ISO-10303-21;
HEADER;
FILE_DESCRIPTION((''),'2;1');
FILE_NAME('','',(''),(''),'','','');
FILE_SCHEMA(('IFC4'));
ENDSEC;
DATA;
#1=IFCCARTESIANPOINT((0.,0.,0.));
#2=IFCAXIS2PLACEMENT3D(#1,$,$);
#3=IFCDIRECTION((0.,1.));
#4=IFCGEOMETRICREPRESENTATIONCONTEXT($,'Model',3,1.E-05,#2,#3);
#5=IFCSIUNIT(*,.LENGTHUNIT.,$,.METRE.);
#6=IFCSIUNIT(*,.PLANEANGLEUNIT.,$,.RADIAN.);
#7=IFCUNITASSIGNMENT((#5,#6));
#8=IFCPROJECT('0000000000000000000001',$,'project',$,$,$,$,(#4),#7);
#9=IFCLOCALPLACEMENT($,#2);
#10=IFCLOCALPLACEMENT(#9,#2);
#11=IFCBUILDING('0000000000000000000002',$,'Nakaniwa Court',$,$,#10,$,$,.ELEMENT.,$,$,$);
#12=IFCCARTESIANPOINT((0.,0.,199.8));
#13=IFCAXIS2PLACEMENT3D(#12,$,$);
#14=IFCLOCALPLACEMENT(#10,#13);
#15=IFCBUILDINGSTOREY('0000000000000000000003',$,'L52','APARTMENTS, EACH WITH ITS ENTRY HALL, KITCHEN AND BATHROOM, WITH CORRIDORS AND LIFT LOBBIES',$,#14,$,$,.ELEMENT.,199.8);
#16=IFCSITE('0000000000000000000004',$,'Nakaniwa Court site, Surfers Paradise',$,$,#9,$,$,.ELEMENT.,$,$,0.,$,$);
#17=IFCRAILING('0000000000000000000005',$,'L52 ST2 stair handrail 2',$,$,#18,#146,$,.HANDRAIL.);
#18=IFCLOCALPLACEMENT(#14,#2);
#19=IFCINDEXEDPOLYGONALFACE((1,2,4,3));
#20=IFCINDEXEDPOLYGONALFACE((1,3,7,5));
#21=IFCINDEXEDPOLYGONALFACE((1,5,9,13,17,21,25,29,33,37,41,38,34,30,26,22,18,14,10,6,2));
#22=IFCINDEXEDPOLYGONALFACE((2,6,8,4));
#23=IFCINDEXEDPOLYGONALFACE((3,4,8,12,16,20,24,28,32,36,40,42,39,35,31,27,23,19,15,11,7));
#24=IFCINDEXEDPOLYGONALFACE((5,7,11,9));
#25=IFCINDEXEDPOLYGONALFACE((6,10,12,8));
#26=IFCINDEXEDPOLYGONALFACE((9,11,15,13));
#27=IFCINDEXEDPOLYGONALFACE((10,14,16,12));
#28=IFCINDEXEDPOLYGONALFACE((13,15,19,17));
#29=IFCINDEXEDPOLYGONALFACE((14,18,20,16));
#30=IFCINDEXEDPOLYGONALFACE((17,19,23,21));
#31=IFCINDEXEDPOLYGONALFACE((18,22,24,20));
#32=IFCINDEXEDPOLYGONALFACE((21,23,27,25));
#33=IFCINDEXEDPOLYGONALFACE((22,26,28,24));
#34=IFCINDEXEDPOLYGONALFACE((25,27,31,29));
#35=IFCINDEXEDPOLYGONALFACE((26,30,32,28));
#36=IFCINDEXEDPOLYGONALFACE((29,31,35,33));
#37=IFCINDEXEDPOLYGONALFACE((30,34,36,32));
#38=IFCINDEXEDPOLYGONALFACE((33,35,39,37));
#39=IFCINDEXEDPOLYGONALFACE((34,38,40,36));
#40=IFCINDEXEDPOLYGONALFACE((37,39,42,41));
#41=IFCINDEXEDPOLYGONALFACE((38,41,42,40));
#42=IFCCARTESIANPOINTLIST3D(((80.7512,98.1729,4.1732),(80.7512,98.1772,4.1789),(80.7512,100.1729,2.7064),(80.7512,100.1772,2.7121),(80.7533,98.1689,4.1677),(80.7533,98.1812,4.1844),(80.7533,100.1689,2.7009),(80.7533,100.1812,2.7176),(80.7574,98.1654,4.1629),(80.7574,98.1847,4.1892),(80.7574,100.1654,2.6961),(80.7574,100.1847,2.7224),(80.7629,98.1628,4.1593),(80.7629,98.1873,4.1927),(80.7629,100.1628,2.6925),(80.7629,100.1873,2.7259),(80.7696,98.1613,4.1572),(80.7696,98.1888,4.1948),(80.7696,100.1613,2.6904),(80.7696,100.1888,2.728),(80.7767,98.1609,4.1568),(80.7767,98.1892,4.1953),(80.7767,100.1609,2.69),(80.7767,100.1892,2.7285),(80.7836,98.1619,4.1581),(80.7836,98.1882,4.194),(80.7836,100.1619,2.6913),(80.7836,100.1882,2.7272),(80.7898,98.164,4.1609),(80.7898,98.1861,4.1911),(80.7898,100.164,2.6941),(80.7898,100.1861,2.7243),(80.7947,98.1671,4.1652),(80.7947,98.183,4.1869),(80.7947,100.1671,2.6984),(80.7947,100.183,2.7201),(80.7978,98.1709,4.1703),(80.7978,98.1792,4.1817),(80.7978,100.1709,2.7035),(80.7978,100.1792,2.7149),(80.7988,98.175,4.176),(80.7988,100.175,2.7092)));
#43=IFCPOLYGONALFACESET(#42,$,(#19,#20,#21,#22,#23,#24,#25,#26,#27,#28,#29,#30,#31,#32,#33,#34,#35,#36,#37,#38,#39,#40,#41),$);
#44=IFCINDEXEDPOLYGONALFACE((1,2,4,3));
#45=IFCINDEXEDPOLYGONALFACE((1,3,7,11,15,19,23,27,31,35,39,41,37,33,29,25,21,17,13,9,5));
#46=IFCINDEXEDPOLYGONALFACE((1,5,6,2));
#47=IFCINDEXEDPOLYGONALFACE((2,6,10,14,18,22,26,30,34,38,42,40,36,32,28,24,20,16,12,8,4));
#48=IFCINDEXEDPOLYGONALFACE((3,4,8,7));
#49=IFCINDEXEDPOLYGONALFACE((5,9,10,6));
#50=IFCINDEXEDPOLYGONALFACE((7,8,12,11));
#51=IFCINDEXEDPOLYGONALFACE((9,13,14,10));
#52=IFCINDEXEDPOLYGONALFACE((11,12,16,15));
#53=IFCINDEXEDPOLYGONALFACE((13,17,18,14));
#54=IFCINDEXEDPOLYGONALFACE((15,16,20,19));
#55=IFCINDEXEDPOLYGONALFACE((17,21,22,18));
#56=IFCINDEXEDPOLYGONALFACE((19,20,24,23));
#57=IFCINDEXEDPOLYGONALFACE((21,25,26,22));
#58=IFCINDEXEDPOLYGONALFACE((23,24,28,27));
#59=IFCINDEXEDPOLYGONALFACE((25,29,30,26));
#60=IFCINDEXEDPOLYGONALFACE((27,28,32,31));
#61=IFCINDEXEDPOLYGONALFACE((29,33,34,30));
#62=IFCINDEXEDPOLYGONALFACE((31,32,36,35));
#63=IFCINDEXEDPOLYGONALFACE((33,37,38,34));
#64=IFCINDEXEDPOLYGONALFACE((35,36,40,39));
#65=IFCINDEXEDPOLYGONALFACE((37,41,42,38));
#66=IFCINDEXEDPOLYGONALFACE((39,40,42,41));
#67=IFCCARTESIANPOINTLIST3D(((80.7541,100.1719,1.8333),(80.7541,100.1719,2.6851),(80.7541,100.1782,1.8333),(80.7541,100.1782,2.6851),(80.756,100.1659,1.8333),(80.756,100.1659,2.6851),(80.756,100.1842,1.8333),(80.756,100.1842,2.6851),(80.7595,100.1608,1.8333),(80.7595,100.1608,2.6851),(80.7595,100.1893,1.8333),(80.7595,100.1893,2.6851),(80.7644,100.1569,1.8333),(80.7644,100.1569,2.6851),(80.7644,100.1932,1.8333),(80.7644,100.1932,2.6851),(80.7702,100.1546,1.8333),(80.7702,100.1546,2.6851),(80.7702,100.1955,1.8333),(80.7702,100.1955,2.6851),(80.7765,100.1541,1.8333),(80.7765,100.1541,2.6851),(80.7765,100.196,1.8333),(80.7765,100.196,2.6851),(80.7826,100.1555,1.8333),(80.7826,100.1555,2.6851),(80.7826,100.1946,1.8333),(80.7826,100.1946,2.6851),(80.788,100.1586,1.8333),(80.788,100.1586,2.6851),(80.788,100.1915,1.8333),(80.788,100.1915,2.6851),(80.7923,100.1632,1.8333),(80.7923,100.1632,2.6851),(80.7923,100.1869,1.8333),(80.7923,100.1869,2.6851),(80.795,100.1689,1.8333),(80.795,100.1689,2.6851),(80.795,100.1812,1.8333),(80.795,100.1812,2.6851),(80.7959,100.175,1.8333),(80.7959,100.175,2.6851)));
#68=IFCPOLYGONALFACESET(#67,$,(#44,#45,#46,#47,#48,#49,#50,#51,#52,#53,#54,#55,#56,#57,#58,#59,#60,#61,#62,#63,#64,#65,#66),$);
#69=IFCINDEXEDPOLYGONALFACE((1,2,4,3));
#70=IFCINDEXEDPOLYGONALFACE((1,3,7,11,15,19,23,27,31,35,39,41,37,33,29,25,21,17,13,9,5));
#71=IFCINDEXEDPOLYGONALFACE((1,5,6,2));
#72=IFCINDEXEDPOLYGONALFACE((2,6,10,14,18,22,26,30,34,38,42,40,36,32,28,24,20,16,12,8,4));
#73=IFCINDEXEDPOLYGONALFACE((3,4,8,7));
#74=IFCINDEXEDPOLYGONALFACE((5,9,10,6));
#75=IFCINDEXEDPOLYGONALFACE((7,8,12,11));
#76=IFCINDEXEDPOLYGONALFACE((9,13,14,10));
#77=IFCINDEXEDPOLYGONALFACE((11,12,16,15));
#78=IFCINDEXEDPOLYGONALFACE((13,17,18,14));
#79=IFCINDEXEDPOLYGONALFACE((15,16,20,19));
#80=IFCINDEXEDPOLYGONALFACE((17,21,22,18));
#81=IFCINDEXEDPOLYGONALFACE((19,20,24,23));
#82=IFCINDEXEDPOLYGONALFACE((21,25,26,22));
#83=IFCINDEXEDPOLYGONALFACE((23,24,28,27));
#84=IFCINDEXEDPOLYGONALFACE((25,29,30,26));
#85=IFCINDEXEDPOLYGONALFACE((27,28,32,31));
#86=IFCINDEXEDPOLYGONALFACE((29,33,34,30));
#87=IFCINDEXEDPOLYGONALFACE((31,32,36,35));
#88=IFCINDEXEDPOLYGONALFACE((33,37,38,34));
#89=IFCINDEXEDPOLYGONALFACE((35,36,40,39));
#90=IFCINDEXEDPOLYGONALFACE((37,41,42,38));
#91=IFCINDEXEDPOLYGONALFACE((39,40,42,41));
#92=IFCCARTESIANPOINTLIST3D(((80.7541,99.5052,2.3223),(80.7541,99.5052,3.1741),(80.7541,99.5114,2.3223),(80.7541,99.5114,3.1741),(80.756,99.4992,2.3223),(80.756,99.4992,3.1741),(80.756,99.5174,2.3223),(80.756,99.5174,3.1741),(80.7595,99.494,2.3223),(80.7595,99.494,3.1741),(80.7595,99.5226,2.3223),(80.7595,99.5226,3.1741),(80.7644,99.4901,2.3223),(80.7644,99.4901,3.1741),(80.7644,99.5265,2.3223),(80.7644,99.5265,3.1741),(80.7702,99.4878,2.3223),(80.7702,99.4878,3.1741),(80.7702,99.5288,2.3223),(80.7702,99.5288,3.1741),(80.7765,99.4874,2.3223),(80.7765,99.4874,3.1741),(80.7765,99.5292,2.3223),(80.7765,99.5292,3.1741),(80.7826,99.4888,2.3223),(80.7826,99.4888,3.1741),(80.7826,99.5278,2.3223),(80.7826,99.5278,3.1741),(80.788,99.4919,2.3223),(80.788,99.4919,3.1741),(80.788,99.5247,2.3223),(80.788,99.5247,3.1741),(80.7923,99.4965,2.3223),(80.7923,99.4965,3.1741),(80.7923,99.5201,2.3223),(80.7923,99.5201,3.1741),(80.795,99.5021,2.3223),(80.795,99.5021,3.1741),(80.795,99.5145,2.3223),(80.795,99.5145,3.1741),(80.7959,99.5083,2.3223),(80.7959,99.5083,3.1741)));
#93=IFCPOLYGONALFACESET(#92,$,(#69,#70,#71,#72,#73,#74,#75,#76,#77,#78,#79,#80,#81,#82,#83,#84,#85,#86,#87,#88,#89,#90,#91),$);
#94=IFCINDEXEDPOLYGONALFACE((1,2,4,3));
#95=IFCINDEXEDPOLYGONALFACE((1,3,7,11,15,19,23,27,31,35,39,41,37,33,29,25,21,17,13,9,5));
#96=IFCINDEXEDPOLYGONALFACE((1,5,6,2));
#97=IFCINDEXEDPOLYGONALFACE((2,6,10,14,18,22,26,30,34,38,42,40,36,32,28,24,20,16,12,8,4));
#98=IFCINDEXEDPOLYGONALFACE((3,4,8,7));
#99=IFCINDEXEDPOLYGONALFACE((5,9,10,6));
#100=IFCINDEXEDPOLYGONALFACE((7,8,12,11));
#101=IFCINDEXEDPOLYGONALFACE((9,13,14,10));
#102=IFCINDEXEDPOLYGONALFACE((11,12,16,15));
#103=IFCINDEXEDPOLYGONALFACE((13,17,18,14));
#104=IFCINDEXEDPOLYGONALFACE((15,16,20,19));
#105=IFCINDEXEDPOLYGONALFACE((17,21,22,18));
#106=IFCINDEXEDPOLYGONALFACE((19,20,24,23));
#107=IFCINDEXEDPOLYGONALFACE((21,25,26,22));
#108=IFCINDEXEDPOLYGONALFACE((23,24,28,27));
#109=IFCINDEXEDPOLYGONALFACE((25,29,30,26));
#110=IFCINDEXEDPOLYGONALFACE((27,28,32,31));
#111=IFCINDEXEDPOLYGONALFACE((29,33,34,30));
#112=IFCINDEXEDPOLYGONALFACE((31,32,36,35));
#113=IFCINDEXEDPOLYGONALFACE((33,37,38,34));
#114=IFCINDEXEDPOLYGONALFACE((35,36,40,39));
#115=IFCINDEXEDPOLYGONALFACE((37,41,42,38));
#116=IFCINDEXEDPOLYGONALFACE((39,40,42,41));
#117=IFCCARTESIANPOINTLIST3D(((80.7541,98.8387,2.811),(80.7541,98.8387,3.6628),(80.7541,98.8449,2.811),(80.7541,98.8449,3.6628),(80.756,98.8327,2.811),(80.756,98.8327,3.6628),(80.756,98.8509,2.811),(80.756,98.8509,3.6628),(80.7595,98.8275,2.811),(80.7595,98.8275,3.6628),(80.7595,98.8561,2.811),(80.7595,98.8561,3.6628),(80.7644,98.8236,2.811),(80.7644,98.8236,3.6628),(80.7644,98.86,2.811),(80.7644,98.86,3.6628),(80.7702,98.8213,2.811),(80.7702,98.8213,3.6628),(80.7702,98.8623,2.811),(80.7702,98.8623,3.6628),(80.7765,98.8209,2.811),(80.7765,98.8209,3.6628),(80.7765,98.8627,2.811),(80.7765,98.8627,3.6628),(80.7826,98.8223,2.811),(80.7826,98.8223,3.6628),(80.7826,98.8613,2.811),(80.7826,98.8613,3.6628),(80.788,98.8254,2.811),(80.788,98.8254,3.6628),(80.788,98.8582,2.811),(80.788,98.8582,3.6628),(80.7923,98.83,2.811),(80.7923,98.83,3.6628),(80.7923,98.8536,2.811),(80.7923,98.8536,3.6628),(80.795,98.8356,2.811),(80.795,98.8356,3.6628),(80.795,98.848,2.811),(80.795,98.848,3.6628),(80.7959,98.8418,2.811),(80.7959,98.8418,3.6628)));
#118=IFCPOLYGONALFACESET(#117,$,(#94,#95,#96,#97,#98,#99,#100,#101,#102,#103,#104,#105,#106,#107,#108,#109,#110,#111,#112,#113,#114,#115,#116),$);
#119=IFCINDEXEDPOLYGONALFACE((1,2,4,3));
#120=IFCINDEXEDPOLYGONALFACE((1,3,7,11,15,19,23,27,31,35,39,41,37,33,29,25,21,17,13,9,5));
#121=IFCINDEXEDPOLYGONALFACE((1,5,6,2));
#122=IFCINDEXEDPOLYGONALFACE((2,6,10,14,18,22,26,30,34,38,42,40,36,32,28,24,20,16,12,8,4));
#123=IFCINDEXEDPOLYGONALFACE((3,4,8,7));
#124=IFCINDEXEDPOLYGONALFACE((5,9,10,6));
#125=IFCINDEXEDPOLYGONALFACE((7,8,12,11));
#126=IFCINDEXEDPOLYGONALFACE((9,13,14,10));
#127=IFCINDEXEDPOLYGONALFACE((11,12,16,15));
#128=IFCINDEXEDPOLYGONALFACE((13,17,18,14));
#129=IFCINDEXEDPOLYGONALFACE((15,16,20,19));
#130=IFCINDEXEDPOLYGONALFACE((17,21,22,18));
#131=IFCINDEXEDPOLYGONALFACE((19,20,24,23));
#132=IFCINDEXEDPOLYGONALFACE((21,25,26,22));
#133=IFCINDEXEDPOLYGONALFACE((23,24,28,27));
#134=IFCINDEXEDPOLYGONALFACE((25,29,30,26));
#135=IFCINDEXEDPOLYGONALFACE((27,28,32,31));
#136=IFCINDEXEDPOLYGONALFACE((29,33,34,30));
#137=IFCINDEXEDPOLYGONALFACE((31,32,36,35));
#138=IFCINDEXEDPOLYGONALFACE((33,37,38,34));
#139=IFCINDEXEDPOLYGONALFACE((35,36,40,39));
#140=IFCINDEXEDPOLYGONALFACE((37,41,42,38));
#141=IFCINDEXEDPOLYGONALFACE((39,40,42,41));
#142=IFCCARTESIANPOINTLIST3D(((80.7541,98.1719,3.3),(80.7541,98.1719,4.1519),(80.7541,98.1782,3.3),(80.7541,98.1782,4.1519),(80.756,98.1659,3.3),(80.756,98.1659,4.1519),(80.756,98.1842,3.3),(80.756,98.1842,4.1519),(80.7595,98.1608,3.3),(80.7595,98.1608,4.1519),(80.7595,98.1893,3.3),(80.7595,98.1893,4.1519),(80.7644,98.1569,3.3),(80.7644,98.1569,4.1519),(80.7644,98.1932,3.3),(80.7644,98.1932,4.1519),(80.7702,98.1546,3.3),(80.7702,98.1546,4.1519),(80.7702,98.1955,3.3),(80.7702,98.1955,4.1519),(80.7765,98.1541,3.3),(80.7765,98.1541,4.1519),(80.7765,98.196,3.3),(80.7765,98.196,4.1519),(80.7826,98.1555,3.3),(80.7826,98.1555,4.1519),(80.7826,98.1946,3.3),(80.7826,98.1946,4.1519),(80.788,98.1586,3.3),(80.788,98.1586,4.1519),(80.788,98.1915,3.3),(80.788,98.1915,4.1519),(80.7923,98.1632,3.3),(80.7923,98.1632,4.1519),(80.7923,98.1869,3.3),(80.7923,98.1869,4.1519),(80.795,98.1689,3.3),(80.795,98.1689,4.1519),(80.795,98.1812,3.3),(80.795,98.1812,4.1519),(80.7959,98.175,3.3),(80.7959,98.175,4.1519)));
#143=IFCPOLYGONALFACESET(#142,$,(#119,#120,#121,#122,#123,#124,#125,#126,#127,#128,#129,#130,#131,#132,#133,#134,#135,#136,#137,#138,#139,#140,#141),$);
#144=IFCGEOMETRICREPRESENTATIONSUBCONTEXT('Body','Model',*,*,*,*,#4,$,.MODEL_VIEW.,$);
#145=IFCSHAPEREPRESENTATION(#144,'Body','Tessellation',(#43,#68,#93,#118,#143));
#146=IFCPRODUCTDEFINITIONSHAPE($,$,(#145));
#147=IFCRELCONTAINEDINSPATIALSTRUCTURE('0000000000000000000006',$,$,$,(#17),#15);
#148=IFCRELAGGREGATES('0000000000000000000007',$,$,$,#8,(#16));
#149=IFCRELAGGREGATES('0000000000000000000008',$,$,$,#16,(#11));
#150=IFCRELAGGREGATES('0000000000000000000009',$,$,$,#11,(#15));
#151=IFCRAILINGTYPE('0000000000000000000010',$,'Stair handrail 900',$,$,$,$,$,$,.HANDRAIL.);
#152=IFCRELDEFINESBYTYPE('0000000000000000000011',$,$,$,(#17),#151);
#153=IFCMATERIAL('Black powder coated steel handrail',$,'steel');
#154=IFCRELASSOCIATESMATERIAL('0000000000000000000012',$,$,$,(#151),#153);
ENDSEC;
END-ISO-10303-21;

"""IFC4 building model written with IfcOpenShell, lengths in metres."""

from ifc_helpers import new_model, si_unit, direction, frame, origin, origin_2d, place, context, subcontext, project, spatial, circle, extrude, material, type_object, element, save


model = new_model("IFC4")

# Units and contexts
model_context = context("Model", 3, precision=1e-05, world=origin(), true_north=direction((0.0, 1.0)))
body_context = subcontext(model_context, "Body", "Model", "MODEL_VIEW")
ifc_project = project(units=[si_unit("LENGTHUNIT", "METRE"), si_unit("PLANEANGLEUNIT", "RADIAN")], contexts=[model_context])

# Site, building, storey
site_placement = place(None, origin())
site = spatial("IfcSite", under=ifc_project, at=site_placement, Name="Nakaniwa Court site, Surfers Paradise", CompositionType="ELEMENT", RefElevation=0.0)
building_placement = place(site_placement, origin())
building = spatial("IfcBuilding", under=site, at=building_placement, Name="Nakaniwa Court", CompositionType="ELEMENT")
storey_placement = place(building_placement, frame((0.0, 0.0, 199.8)))
storey = spatial("IfcBuildingStorey", under=building, at=storey_placement, Name="L52", Description="APARTMENTS, EACH WITH ITS ENTRY HALL, KITCHEN AND BATHROOM, WITH CORRIDORS AND LIFT LOBBIES", CompositionType="ELEMENT", Elevation=199.8)

# Railing
ifc_material_1 = material(Name="Black powder coated steel handrail", Category="steel")
railing_type_1 = type_object("IfcRailingType", Name="Stair handrail 900", PredefinedType="HANDRAIL", material=ifc_material_1)
railing_1_placement = place(storey_placement, frame((80.7749, 100.175, 1.8333)))
element("IfcRailing", 1, at=railing_1_placement, inside=storey, type_object=railing_type_1, Name="L52 ST2 stair handrail 2", PredefinedType="HANDRAIL", context=body_context, shape_type="SweptSolid", body=[
    extrude(circle(Radius=0.0239, at=origin_2d()), frame((0.0, 0.0, 0.876), z_axis=(0.0, -0.80638, 0.591398), x_axis=(1.0, 0.0, 0.0)), (0.0, 0.0, 1.0), 2.4802),
    extrude(circle(Radius=0.021, at=origin_2d()), origin(), (0.0, 0.0, 1.0), 0.8518),
    extrude(circle(Radius=0.021, at=origin_2d()), frame((0.0, -0.6667, 0.489)), (0.0, 0.0, 1.0), 0.8518),
    extrude(circle(Radius=0.021, at=origin_2d()), frame((0.0, -1.3333, 0.9778)), (0.0, 0.0, 1.0), 0.8518),
    extrude(circle(Radius=0.021, at=origin_2d()), frame((0.0, -2.0, 1.4668)), (0.0, 0.0, 1.0), 0.8518),
])

save(model, "model.ifc")
